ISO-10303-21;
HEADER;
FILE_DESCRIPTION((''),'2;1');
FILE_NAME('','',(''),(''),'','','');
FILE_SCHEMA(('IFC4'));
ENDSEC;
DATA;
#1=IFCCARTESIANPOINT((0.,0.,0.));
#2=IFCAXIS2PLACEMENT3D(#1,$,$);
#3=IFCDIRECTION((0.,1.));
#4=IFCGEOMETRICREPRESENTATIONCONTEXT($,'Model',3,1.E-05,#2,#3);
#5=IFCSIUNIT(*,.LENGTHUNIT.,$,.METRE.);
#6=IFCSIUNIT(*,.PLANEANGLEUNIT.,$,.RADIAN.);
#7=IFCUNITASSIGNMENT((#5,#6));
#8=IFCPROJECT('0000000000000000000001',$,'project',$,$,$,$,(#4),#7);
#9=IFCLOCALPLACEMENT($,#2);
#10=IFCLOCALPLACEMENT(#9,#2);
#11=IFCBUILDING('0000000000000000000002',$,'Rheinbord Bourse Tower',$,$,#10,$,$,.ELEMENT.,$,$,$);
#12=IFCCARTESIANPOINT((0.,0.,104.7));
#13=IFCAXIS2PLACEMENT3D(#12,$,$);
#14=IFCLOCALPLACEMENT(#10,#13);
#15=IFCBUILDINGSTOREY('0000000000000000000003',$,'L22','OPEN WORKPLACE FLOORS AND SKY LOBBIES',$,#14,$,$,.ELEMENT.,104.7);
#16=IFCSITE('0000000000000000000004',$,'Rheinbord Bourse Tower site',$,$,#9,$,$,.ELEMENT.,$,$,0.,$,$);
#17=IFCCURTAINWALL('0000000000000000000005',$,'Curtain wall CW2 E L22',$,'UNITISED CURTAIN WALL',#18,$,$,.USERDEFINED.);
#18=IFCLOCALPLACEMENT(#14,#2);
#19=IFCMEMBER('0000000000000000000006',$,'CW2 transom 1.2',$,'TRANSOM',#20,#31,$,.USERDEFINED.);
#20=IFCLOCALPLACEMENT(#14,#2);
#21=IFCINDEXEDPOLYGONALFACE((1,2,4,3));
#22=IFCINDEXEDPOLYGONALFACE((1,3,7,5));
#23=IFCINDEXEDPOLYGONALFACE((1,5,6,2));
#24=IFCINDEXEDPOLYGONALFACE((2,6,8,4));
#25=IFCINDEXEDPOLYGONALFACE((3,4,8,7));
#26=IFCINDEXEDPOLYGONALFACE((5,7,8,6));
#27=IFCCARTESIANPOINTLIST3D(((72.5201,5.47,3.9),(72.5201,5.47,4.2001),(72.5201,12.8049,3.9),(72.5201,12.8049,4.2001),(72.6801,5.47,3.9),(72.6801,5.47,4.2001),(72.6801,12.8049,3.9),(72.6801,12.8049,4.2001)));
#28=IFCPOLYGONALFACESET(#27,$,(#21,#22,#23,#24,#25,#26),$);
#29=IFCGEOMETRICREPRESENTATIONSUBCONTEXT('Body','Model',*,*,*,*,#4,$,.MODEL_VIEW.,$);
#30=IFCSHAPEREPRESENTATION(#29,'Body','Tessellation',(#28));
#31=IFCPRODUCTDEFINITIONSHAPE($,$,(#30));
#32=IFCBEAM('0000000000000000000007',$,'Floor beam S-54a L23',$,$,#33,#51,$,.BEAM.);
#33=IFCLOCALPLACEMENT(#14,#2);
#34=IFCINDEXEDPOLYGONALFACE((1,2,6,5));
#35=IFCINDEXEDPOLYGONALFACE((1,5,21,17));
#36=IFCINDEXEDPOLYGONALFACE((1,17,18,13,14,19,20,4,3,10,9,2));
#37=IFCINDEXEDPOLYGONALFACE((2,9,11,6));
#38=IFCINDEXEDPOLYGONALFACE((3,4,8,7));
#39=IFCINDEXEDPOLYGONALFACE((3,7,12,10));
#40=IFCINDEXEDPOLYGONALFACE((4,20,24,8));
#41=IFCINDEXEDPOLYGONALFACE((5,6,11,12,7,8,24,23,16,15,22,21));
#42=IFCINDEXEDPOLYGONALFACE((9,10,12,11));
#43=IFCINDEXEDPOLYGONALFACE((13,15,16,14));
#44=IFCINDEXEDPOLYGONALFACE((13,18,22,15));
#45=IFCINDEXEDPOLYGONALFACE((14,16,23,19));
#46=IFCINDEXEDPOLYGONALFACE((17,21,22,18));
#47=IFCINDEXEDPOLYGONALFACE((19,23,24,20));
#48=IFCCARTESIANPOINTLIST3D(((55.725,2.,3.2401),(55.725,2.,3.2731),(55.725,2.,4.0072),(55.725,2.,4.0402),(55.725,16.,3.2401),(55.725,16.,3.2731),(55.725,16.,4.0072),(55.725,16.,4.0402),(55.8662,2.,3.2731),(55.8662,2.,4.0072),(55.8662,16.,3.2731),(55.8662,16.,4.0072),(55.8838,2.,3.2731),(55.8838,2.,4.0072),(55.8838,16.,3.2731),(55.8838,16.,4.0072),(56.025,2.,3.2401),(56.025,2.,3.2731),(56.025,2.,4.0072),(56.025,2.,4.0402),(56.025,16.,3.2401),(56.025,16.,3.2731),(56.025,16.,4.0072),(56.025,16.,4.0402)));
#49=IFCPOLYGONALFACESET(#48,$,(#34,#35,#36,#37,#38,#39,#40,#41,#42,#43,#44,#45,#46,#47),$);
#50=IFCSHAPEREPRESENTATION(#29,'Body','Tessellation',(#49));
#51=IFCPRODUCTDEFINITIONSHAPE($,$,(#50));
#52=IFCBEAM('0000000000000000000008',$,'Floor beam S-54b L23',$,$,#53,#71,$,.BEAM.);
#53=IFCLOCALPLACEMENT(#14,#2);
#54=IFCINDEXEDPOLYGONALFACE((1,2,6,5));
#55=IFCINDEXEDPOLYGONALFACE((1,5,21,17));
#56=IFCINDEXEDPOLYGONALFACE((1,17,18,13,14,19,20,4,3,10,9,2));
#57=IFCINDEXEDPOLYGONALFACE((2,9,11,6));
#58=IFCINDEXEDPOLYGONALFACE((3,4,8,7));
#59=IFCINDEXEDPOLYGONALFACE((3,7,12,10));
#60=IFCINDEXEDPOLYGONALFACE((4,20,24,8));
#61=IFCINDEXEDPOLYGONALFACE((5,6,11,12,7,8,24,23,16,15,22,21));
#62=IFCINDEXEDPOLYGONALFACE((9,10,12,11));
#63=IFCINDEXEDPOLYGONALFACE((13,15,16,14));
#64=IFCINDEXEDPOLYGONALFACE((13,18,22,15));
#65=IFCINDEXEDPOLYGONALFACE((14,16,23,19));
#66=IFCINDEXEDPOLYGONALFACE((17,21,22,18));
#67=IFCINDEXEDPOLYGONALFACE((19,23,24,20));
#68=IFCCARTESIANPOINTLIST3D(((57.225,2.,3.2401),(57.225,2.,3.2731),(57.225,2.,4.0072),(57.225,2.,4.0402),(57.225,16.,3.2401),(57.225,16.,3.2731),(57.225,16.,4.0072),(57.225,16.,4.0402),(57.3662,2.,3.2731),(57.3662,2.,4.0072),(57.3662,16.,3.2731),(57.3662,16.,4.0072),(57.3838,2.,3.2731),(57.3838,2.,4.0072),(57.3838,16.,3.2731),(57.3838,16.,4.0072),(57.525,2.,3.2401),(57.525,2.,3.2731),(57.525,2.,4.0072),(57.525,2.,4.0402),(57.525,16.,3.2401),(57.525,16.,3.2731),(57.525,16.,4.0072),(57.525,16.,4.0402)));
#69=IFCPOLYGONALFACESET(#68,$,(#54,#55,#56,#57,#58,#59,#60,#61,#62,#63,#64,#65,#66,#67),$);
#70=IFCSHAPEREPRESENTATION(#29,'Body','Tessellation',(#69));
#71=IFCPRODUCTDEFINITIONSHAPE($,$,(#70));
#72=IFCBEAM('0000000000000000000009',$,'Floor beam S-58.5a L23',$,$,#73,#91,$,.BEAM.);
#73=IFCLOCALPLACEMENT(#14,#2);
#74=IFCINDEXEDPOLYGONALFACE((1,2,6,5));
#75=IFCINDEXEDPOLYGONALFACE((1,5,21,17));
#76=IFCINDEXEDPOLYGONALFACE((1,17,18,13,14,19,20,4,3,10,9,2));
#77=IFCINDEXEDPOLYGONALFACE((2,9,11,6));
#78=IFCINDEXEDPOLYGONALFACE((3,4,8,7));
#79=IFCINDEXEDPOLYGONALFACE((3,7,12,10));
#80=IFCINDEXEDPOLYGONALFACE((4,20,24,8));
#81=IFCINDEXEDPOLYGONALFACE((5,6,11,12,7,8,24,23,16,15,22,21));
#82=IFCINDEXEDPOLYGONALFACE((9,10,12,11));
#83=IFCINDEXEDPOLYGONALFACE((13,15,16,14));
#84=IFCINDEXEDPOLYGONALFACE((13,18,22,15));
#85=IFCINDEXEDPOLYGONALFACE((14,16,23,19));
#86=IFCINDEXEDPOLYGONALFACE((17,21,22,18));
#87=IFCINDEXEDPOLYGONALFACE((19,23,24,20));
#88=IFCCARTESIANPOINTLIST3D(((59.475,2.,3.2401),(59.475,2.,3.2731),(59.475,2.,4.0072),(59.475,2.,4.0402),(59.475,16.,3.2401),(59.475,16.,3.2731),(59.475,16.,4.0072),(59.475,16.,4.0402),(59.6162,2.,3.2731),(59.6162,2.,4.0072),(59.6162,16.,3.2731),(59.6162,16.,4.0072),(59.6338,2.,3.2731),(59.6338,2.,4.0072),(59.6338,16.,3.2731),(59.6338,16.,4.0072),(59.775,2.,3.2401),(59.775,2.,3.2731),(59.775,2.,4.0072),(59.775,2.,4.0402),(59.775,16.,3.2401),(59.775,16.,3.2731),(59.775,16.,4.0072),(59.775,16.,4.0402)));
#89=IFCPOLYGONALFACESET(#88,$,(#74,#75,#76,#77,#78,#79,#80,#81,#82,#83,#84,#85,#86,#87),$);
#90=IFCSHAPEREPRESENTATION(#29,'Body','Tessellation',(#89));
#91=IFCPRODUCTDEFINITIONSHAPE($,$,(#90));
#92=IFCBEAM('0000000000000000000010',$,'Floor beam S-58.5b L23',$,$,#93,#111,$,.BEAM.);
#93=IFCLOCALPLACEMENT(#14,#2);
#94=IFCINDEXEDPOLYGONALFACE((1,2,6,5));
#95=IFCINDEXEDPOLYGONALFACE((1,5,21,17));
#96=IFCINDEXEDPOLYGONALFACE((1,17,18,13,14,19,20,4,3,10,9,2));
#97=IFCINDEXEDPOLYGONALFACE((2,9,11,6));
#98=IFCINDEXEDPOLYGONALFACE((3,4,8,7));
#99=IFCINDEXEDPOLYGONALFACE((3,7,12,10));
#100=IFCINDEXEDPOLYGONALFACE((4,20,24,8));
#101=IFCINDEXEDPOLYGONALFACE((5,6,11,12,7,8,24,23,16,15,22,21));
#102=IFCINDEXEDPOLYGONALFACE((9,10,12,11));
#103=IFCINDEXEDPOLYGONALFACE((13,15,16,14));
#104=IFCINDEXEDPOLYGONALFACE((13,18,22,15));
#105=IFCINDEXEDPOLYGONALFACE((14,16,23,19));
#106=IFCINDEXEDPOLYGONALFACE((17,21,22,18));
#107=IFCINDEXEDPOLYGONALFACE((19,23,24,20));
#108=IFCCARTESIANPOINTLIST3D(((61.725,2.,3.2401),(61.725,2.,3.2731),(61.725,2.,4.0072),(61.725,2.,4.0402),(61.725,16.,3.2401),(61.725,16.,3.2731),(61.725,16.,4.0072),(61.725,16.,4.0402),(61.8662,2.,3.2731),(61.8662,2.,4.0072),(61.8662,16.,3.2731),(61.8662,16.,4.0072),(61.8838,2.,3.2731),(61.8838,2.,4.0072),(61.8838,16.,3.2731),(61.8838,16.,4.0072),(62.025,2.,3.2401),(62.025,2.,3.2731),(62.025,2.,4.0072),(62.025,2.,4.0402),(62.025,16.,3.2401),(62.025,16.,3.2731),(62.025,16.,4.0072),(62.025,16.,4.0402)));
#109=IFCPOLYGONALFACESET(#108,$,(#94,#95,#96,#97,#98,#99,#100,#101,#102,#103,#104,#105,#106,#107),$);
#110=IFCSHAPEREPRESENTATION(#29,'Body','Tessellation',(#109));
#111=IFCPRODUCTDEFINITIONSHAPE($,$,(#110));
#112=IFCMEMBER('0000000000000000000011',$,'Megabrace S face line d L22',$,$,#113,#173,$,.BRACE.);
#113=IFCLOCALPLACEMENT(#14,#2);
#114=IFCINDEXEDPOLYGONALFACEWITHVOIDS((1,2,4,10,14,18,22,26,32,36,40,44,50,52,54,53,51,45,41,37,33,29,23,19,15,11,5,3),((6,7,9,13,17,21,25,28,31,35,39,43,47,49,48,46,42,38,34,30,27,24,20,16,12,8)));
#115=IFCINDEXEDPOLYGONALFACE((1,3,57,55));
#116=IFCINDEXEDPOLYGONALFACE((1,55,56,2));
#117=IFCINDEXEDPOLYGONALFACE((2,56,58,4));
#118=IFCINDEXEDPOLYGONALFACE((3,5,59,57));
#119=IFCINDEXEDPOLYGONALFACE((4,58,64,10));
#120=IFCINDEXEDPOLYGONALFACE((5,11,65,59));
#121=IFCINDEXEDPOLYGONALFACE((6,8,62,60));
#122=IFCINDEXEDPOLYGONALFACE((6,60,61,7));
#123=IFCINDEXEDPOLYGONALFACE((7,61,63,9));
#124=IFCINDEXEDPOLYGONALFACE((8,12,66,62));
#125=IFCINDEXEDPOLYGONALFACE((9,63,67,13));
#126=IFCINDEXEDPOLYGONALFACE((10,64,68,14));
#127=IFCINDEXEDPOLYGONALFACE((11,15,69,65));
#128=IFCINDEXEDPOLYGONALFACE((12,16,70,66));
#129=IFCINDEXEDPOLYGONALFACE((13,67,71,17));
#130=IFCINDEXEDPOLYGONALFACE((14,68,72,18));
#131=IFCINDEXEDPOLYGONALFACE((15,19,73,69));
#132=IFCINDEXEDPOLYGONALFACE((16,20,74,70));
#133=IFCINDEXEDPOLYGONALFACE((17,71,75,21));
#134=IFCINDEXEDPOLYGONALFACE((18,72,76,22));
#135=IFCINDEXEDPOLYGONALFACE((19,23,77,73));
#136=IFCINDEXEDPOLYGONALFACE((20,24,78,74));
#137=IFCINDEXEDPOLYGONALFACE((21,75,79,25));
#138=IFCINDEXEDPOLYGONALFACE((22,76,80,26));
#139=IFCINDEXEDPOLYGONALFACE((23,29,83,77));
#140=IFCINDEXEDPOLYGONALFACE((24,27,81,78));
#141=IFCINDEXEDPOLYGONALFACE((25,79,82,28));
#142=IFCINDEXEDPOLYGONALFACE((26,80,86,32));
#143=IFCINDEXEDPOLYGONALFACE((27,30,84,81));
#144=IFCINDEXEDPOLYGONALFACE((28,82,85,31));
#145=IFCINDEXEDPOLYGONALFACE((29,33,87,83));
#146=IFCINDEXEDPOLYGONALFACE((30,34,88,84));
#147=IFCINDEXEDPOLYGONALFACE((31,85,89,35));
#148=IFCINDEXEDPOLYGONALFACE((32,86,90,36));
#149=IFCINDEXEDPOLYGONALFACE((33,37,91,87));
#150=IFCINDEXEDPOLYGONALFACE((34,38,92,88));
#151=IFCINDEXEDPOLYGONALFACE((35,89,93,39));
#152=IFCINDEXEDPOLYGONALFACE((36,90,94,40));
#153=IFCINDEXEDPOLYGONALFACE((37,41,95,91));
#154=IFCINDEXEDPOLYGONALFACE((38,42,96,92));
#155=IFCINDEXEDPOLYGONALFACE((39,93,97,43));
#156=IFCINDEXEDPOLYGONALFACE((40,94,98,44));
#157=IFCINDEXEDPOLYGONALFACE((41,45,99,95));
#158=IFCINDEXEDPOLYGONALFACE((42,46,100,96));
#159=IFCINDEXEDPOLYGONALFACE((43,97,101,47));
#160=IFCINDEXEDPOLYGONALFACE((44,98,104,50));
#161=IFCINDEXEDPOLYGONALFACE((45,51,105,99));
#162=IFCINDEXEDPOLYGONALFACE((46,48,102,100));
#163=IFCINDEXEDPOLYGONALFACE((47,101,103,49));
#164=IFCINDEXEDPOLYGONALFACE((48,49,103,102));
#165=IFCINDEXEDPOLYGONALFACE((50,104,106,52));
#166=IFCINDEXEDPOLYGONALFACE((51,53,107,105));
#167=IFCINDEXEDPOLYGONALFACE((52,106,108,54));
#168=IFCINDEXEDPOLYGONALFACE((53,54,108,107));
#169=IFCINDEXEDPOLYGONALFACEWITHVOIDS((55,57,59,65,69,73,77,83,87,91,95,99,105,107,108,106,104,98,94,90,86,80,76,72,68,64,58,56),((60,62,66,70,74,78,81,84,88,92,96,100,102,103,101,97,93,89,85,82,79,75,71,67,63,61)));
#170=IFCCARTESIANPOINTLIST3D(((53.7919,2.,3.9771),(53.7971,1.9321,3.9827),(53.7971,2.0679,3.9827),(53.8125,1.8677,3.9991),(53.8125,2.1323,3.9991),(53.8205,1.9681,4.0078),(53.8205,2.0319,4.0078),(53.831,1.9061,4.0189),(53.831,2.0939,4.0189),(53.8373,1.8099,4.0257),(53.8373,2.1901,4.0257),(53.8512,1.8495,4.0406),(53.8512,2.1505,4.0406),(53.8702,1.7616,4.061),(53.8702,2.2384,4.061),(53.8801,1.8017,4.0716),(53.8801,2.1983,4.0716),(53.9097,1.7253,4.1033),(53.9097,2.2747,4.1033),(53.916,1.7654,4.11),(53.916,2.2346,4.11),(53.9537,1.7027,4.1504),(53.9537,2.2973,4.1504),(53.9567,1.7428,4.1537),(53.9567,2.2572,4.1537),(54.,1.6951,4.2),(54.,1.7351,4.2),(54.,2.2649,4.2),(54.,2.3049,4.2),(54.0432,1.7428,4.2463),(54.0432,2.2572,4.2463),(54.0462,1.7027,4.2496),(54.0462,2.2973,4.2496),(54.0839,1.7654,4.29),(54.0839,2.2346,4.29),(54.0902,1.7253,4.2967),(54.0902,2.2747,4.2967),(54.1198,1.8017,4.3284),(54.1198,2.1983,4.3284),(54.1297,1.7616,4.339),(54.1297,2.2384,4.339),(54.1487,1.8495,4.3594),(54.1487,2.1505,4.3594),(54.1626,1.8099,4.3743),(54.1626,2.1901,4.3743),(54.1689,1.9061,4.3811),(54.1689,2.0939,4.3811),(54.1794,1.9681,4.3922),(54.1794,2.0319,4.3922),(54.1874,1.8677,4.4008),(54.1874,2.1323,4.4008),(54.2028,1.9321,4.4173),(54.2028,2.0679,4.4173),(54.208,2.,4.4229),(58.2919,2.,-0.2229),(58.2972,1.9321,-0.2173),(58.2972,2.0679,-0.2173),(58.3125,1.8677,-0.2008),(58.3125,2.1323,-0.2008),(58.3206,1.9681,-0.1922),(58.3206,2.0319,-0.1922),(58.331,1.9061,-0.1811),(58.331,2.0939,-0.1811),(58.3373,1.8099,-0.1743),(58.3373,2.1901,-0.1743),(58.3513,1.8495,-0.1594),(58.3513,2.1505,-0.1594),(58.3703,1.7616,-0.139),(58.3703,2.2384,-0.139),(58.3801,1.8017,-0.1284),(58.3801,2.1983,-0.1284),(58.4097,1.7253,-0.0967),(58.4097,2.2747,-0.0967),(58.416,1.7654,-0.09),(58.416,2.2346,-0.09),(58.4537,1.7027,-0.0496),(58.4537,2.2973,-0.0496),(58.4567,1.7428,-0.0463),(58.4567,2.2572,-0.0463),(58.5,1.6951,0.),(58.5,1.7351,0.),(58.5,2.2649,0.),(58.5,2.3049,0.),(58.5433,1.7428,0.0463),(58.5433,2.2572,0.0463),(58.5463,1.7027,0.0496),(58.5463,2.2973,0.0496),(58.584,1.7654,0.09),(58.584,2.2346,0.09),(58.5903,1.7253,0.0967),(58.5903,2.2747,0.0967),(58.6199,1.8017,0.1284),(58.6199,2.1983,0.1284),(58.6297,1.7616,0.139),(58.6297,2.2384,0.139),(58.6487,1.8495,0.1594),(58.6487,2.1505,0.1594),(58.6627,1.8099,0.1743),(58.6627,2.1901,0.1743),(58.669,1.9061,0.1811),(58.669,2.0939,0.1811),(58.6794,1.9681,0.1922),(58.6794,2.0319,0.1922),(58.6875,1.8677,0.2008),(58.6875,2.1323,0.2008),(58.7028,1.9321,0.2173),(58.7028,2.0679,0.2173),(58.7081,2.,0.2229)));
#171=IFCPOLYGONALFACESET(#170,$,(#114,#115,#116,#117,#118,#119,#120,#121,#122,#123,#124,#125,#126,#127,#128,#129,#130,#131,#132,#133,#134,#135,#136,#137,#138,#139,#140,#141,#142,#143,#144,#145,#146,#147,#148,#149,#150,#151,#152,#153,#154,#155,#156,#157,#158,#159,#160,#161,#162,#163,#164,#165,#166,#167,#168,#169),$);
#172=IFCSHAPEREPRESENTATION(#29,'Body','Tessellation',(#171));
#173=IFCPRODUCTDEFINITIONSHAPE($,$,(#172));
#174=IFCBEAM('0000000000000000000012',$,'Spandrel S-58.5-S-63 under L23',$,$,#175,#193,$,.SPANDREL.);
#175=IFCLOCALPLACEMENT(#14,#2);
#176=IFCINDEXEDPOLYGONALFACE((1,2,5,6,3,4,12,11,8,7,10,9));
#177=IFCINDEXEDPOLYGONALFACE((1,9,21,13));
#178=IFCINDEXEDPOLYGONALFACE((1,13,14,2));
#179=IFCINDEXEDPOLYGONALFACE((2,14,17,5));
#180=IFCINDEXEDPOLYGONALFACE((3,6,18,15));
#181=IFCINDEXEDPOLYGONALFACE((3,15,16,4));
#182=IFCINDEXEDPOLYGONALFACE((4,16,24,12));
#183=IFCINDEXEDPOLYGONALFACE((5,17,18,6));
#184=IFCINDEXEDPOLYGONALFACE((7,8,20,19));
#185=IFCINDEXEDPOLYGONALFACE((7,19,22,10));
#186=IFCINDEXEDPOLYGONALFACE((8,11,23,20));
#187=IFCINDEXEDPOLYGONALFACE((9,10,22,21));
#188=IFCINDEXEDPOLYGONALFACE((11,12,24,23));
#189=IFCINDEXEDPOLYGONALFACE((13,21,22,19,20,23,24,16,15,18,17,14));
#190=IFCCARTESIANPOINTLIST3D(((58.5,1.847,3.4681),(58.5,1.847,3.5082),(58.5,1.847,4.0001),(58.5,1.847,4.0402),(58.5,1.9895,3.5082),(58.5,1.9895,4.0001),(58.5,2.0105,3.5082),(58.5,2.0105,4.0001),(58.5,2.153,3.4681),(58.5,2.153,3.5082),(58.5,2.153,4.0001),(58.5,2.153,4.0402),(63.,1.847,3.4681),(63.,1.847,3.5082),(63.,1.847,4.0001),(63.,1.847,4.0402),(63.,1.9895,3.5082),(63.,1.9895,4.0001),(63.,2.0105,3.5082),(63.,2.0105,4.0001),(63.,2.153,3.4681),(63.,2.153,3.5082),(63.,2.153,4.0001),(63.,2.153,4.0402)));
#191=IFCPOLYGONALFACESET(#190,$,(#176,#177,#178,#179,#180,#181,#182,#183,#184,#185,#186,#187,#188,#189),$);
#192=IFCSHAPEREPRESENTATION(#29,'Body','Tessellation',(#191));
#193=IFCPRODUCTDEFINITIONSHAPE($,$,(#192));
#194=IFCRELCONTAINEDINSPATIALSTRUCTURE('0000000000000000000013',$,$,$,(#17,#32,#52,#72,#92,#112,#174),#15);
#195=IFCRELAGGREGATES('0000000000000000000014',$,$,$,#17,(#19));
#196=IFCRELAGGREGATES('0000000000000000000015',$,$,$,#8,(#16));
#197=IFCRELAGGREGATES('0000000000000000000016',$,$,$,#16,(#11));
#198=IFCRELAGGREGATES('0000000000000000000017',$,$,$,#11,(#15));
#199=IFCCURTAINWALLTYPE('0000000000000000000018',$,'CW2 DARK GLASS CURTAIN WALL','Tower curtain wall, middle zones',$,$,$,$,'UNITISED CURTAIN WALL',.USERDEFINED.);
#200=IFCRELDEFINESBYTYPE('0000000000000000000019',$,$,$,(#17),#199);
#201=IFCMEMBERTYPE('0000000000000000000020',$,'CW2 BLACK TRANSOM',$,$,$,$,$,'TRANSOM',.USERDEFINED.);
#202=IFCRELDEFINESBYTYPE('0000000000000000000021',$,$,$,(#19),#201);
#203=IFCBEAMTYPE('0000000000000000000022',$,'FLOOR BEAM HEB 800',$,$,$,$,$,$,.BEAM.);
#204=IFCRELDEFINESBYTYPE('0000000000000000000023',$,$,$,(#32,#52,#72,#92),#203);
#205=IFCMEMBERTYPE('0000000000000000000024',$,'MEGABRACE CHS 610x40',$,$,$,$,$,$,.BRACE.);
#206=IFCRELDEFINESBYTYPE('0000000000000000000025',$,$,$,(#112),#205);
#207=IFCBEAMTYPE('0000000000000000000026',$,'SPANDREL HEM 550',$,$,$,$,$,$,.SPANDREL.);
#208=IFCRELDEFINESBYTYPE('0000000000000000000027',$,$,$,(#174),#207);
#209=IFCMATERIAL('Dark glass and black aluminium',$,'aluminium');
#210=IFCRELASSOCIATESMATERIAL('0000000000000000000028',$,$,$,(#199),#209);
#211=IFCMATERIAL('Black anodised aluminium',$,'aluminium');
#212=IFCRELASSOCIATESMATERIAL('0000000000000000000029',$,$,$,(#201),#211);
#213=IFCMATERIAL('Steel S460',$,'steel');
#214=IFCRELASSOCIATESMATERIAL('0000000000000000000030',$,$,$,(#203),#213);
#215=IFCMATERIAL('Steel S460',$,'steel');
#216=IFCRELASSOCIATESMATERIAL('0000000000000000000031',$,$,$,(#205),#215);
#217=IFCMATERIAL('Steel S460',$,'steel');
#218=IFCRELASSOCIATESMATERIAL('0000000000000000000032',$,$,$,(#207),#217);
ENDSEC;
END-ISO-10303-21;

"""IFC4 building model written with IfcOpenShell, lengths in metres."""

from ifc_helpers import new_model, si_unit, direction, frame, origin, origin_2d, place, context, subcontext, project, spatial, rectangle, hollow_circle, i_section, extrude, material, material_profile, profile_set, type_object, element, aggregate, save


model = new_model("IFC4")

# Units and contexts
model_context = context("Model", 3, precision=1e-05, world=origin(), true_north=direction((0.0, 1.0)))
body_context = subcontext(model_context, "Body", "Model", "MODEL_VIEW")
ifc_project = project(units=[si_unit("LENGTHUNIT", "METRE"), si_unit("PLANEANGLEUNIT", "RADIAN")], contexts=[model_context])

# Site, building, storey
site_placement = place(None, origin())
site = spatial("IfcSite", under=ifc_project, at=site_placement, Name="Rheinbord Bourse Tower site", CompositionType="ELEMENT", RefElevation=0.0)
building_placement = place(site_placement, origin())
building = spatial("IfcBuilding", under=site, at=building_placement, Name="Rheinbord Bourse Tower", CompositionType="ELEMENT")
storey_placement = place(building_placement, frame((0.0, 0.0, 104.7)))
storey = spatial("IfcBuildingStorey", under=building, at=storey_placement, Name="L22", Description="OPEN WORKPLACE FLOORS AND SKY LOBBIES", CompositionType="ELEMENT", Elevation=104.7)

# Shared definitions
ifc_material_1 = material(Name="Dark glass and black aluminium", Category="aluminium")
curtain_wall_type = type_object("IfcCurtainWallType", Name="CW2 DARK GLASS CURTAIN WALL", Description="Tower curtain wall, middle zones", ElementType="UNITISED CURTAIN WALL", PredefinedType="USERDEFINED", material=ifc_material_1)

# Curtain wall
curtain_wall_1_placement = place(storey_placement, origin())
curtain_wall_1 = element("IfcCurtainWall", 1, at=curtain_wall_1_placement, inside=storey, type_object=curtain_wall_type, Name="Curtain wall CW2 E L22", ObjectType="UNITISED CURTAIN WALL", PredefinedType="USERDEFINED")

# Member
ifc_material_2 = material(Name="Black anodised aluminium", Category="aluminium")
ifc_material_profile_1 = material_profile(ifc_material_2, rectangle(XDim=0.1599, YDim=0.3, at=origin_2d()), Name="CW2 TRANSOM 300x160")
ifc_profile_set_1 = profile_set([ifc_material_profile_1], Name="Black anodised aluminium")
member_type_1 = type_object("IfcMemberType", Name="CW2 BLACK TRANSOM", ElementType="TRANSOM", PredefinedType="USERDEFINED", material=ifc_profile_set_1)
member_1_placement = place(storey_placement, frame((72.6001, 5.47, 4.05), z_axis=(0.0, 1.0, 0.0), x_axis=(-1.0, 0.0, 0.0)))
member_1 = element("IfcMember", 2, at=member_1_placement, type_object=member_type_1, Name="CW2 transom 1.2", ObjectType="TRANSOM", PredefinedType="USERDEFINED", context=body_context, shape_type="SweptSolid", body=[
    extrude(rectangle(XDim=0.1599, YDim=0.3, at=origin_2d()), origin(), (0.0, 0.0, 1.0), 7.335),
])

# Beams
ifc_material_3 = material(Name="Steel S460", Category="steel")
ifc_material_profile_2 = material_profile(ifc_material_3, i_section(OverallWidth=0.3, OverallDepth=0.8, WebThickness=0.0176, FlangeThickness=0.033, at=origin_2d()), Name="HEB 800")
ifc_profile_set_2 = profile_set([ifc_material_profile_2], Name="Steel S460")
beam_type_1 = type_object("IfcBeamType", Name="FLOOR BEAM HEB 800", PredefinedType="BEAM", material=ifc_profile_set_2)
for number, where, z_axis, x_axis, name in (
    (3, (55.875, 2.0, 3.6401), (0.0, 1.0, 0.0), (-1.0, 0.0, 0.0), "Floor beam S-54a L23"),
    (4, (57.375, 2.0, 3.6401), (0.0, 1.0, 0.0), (-1.0, 0.0, 0.0), "Floor beam S-54b L23"),
    (5, (59.625, 2.0, 3.6401), (0.0, 1.0, 0.0), (-1.0, 0.0, 0.0), "Floor beam S-58.5a L23"),
    (6, (61.875, 2.0, 3.6401), (0.0, 1.0, 0.0), (-1.0, 0.0, 0.0), "Floor beam S-58.5b L23"),
):
    element("IfcBeam", number, at=place(storey_placement, frame(where, z_axis=z_axis, x_axis=x_axis)), inside=storey, type_object=beam_type_1, Name=name, PredefinedType="BEAM", context=body_context, shape_type="SweptSolid", body=[
        extrude(i_section(OverallWidth=0.3, OverallDepth=0.8, WebThickness=0.0176, FlangeThickness=0.033, at=origin_2d()), origin(), (0.0, 0.0, 1.0), 14.0),
    ])

# Member
ifc_material_4 = material(Name="Steel S460", Category="steel")
ifc_material_profile_3 = material_profile(ifc_material_4, hollow_circle(Radius=0.3049, WallThickness=0.04, at=origin_2d()), Name="CHS 610x40")
ifc_profile_set_3 = profile_set([ifc_material_profile_3], Name="Steel S460")
member_type_2 = type_object("IfcMemberType", Name="MEGABRACE CHS 610x40", PredefinedType="BRACE", material=ifc_profile_set_3)
member_2_placement = place(storey_placement, frame((58.5, 2.0, 0.0), z_axis=(-0.731059, 0.0, 0.682314), x_axis=(0.0, -1.0, 0.0)))
element("IfcMember", 7, at=member_2_placement, inside=storey, type_object=member_type_2, Name="Megabrace S face line d L22", PredefinedType="BRACE", context=body_context, shape_type="SweptSolid", body=[
    extrude(hollow_circle(Radius=0.3049, WallThickness=0.04, at=origin_2d()), origin(), (0.0, 0.0, 1.0), 6.1555),
])

# Beam
ifc_material_5 = material(Name="Steel S460", Category="steel")
ifc_material_profile_4 = material_profile(ifc_material_5, i_section(OverallWidth=0.3059, OverallDepth=0.572, WebThickness=0.021, FlangeThickness=0.04, at=origin_2d()), Name="HEM 550")
ifc_profile_set_4 = profile_set([ifc_material_profile_4], Name="Steel S460")
beam_type_2 = type_object("IfcBeamType", Name="SPANDREL HEM 550", PredefinedType="SPANDREL", material=ifc_profile_set_4)
for number, where, z_axis, x_axis, name in (
    (8, (58.5, 2.0, 3.7542), (1.0, 0.0, 0.0), (0.0, 1.0, 0.0), "Spandrel S-58.5-S-63 under L23"),
):
    element("IfcBeam", number, at=place(storey_placement, frame(where, z_axis=z_axis, x_axis=x_axis)), inside=storey, type_object=beam_type_2, Name=name, PredefinedType="SPANDREL", context=body_context, shape_type="SweptSolid", body=[
        extrude(i_section(OverallWidth=0.3059, OverallDepth=0.572, WebThickness=0.021, FlangeThickness=0.04, at=origin_2d()), origin(), (0.0, 0.0, 1.0), 4.5),
    ])

aggregate(curtain_wall_1, [member_1])

save(model, "model.ifc")
